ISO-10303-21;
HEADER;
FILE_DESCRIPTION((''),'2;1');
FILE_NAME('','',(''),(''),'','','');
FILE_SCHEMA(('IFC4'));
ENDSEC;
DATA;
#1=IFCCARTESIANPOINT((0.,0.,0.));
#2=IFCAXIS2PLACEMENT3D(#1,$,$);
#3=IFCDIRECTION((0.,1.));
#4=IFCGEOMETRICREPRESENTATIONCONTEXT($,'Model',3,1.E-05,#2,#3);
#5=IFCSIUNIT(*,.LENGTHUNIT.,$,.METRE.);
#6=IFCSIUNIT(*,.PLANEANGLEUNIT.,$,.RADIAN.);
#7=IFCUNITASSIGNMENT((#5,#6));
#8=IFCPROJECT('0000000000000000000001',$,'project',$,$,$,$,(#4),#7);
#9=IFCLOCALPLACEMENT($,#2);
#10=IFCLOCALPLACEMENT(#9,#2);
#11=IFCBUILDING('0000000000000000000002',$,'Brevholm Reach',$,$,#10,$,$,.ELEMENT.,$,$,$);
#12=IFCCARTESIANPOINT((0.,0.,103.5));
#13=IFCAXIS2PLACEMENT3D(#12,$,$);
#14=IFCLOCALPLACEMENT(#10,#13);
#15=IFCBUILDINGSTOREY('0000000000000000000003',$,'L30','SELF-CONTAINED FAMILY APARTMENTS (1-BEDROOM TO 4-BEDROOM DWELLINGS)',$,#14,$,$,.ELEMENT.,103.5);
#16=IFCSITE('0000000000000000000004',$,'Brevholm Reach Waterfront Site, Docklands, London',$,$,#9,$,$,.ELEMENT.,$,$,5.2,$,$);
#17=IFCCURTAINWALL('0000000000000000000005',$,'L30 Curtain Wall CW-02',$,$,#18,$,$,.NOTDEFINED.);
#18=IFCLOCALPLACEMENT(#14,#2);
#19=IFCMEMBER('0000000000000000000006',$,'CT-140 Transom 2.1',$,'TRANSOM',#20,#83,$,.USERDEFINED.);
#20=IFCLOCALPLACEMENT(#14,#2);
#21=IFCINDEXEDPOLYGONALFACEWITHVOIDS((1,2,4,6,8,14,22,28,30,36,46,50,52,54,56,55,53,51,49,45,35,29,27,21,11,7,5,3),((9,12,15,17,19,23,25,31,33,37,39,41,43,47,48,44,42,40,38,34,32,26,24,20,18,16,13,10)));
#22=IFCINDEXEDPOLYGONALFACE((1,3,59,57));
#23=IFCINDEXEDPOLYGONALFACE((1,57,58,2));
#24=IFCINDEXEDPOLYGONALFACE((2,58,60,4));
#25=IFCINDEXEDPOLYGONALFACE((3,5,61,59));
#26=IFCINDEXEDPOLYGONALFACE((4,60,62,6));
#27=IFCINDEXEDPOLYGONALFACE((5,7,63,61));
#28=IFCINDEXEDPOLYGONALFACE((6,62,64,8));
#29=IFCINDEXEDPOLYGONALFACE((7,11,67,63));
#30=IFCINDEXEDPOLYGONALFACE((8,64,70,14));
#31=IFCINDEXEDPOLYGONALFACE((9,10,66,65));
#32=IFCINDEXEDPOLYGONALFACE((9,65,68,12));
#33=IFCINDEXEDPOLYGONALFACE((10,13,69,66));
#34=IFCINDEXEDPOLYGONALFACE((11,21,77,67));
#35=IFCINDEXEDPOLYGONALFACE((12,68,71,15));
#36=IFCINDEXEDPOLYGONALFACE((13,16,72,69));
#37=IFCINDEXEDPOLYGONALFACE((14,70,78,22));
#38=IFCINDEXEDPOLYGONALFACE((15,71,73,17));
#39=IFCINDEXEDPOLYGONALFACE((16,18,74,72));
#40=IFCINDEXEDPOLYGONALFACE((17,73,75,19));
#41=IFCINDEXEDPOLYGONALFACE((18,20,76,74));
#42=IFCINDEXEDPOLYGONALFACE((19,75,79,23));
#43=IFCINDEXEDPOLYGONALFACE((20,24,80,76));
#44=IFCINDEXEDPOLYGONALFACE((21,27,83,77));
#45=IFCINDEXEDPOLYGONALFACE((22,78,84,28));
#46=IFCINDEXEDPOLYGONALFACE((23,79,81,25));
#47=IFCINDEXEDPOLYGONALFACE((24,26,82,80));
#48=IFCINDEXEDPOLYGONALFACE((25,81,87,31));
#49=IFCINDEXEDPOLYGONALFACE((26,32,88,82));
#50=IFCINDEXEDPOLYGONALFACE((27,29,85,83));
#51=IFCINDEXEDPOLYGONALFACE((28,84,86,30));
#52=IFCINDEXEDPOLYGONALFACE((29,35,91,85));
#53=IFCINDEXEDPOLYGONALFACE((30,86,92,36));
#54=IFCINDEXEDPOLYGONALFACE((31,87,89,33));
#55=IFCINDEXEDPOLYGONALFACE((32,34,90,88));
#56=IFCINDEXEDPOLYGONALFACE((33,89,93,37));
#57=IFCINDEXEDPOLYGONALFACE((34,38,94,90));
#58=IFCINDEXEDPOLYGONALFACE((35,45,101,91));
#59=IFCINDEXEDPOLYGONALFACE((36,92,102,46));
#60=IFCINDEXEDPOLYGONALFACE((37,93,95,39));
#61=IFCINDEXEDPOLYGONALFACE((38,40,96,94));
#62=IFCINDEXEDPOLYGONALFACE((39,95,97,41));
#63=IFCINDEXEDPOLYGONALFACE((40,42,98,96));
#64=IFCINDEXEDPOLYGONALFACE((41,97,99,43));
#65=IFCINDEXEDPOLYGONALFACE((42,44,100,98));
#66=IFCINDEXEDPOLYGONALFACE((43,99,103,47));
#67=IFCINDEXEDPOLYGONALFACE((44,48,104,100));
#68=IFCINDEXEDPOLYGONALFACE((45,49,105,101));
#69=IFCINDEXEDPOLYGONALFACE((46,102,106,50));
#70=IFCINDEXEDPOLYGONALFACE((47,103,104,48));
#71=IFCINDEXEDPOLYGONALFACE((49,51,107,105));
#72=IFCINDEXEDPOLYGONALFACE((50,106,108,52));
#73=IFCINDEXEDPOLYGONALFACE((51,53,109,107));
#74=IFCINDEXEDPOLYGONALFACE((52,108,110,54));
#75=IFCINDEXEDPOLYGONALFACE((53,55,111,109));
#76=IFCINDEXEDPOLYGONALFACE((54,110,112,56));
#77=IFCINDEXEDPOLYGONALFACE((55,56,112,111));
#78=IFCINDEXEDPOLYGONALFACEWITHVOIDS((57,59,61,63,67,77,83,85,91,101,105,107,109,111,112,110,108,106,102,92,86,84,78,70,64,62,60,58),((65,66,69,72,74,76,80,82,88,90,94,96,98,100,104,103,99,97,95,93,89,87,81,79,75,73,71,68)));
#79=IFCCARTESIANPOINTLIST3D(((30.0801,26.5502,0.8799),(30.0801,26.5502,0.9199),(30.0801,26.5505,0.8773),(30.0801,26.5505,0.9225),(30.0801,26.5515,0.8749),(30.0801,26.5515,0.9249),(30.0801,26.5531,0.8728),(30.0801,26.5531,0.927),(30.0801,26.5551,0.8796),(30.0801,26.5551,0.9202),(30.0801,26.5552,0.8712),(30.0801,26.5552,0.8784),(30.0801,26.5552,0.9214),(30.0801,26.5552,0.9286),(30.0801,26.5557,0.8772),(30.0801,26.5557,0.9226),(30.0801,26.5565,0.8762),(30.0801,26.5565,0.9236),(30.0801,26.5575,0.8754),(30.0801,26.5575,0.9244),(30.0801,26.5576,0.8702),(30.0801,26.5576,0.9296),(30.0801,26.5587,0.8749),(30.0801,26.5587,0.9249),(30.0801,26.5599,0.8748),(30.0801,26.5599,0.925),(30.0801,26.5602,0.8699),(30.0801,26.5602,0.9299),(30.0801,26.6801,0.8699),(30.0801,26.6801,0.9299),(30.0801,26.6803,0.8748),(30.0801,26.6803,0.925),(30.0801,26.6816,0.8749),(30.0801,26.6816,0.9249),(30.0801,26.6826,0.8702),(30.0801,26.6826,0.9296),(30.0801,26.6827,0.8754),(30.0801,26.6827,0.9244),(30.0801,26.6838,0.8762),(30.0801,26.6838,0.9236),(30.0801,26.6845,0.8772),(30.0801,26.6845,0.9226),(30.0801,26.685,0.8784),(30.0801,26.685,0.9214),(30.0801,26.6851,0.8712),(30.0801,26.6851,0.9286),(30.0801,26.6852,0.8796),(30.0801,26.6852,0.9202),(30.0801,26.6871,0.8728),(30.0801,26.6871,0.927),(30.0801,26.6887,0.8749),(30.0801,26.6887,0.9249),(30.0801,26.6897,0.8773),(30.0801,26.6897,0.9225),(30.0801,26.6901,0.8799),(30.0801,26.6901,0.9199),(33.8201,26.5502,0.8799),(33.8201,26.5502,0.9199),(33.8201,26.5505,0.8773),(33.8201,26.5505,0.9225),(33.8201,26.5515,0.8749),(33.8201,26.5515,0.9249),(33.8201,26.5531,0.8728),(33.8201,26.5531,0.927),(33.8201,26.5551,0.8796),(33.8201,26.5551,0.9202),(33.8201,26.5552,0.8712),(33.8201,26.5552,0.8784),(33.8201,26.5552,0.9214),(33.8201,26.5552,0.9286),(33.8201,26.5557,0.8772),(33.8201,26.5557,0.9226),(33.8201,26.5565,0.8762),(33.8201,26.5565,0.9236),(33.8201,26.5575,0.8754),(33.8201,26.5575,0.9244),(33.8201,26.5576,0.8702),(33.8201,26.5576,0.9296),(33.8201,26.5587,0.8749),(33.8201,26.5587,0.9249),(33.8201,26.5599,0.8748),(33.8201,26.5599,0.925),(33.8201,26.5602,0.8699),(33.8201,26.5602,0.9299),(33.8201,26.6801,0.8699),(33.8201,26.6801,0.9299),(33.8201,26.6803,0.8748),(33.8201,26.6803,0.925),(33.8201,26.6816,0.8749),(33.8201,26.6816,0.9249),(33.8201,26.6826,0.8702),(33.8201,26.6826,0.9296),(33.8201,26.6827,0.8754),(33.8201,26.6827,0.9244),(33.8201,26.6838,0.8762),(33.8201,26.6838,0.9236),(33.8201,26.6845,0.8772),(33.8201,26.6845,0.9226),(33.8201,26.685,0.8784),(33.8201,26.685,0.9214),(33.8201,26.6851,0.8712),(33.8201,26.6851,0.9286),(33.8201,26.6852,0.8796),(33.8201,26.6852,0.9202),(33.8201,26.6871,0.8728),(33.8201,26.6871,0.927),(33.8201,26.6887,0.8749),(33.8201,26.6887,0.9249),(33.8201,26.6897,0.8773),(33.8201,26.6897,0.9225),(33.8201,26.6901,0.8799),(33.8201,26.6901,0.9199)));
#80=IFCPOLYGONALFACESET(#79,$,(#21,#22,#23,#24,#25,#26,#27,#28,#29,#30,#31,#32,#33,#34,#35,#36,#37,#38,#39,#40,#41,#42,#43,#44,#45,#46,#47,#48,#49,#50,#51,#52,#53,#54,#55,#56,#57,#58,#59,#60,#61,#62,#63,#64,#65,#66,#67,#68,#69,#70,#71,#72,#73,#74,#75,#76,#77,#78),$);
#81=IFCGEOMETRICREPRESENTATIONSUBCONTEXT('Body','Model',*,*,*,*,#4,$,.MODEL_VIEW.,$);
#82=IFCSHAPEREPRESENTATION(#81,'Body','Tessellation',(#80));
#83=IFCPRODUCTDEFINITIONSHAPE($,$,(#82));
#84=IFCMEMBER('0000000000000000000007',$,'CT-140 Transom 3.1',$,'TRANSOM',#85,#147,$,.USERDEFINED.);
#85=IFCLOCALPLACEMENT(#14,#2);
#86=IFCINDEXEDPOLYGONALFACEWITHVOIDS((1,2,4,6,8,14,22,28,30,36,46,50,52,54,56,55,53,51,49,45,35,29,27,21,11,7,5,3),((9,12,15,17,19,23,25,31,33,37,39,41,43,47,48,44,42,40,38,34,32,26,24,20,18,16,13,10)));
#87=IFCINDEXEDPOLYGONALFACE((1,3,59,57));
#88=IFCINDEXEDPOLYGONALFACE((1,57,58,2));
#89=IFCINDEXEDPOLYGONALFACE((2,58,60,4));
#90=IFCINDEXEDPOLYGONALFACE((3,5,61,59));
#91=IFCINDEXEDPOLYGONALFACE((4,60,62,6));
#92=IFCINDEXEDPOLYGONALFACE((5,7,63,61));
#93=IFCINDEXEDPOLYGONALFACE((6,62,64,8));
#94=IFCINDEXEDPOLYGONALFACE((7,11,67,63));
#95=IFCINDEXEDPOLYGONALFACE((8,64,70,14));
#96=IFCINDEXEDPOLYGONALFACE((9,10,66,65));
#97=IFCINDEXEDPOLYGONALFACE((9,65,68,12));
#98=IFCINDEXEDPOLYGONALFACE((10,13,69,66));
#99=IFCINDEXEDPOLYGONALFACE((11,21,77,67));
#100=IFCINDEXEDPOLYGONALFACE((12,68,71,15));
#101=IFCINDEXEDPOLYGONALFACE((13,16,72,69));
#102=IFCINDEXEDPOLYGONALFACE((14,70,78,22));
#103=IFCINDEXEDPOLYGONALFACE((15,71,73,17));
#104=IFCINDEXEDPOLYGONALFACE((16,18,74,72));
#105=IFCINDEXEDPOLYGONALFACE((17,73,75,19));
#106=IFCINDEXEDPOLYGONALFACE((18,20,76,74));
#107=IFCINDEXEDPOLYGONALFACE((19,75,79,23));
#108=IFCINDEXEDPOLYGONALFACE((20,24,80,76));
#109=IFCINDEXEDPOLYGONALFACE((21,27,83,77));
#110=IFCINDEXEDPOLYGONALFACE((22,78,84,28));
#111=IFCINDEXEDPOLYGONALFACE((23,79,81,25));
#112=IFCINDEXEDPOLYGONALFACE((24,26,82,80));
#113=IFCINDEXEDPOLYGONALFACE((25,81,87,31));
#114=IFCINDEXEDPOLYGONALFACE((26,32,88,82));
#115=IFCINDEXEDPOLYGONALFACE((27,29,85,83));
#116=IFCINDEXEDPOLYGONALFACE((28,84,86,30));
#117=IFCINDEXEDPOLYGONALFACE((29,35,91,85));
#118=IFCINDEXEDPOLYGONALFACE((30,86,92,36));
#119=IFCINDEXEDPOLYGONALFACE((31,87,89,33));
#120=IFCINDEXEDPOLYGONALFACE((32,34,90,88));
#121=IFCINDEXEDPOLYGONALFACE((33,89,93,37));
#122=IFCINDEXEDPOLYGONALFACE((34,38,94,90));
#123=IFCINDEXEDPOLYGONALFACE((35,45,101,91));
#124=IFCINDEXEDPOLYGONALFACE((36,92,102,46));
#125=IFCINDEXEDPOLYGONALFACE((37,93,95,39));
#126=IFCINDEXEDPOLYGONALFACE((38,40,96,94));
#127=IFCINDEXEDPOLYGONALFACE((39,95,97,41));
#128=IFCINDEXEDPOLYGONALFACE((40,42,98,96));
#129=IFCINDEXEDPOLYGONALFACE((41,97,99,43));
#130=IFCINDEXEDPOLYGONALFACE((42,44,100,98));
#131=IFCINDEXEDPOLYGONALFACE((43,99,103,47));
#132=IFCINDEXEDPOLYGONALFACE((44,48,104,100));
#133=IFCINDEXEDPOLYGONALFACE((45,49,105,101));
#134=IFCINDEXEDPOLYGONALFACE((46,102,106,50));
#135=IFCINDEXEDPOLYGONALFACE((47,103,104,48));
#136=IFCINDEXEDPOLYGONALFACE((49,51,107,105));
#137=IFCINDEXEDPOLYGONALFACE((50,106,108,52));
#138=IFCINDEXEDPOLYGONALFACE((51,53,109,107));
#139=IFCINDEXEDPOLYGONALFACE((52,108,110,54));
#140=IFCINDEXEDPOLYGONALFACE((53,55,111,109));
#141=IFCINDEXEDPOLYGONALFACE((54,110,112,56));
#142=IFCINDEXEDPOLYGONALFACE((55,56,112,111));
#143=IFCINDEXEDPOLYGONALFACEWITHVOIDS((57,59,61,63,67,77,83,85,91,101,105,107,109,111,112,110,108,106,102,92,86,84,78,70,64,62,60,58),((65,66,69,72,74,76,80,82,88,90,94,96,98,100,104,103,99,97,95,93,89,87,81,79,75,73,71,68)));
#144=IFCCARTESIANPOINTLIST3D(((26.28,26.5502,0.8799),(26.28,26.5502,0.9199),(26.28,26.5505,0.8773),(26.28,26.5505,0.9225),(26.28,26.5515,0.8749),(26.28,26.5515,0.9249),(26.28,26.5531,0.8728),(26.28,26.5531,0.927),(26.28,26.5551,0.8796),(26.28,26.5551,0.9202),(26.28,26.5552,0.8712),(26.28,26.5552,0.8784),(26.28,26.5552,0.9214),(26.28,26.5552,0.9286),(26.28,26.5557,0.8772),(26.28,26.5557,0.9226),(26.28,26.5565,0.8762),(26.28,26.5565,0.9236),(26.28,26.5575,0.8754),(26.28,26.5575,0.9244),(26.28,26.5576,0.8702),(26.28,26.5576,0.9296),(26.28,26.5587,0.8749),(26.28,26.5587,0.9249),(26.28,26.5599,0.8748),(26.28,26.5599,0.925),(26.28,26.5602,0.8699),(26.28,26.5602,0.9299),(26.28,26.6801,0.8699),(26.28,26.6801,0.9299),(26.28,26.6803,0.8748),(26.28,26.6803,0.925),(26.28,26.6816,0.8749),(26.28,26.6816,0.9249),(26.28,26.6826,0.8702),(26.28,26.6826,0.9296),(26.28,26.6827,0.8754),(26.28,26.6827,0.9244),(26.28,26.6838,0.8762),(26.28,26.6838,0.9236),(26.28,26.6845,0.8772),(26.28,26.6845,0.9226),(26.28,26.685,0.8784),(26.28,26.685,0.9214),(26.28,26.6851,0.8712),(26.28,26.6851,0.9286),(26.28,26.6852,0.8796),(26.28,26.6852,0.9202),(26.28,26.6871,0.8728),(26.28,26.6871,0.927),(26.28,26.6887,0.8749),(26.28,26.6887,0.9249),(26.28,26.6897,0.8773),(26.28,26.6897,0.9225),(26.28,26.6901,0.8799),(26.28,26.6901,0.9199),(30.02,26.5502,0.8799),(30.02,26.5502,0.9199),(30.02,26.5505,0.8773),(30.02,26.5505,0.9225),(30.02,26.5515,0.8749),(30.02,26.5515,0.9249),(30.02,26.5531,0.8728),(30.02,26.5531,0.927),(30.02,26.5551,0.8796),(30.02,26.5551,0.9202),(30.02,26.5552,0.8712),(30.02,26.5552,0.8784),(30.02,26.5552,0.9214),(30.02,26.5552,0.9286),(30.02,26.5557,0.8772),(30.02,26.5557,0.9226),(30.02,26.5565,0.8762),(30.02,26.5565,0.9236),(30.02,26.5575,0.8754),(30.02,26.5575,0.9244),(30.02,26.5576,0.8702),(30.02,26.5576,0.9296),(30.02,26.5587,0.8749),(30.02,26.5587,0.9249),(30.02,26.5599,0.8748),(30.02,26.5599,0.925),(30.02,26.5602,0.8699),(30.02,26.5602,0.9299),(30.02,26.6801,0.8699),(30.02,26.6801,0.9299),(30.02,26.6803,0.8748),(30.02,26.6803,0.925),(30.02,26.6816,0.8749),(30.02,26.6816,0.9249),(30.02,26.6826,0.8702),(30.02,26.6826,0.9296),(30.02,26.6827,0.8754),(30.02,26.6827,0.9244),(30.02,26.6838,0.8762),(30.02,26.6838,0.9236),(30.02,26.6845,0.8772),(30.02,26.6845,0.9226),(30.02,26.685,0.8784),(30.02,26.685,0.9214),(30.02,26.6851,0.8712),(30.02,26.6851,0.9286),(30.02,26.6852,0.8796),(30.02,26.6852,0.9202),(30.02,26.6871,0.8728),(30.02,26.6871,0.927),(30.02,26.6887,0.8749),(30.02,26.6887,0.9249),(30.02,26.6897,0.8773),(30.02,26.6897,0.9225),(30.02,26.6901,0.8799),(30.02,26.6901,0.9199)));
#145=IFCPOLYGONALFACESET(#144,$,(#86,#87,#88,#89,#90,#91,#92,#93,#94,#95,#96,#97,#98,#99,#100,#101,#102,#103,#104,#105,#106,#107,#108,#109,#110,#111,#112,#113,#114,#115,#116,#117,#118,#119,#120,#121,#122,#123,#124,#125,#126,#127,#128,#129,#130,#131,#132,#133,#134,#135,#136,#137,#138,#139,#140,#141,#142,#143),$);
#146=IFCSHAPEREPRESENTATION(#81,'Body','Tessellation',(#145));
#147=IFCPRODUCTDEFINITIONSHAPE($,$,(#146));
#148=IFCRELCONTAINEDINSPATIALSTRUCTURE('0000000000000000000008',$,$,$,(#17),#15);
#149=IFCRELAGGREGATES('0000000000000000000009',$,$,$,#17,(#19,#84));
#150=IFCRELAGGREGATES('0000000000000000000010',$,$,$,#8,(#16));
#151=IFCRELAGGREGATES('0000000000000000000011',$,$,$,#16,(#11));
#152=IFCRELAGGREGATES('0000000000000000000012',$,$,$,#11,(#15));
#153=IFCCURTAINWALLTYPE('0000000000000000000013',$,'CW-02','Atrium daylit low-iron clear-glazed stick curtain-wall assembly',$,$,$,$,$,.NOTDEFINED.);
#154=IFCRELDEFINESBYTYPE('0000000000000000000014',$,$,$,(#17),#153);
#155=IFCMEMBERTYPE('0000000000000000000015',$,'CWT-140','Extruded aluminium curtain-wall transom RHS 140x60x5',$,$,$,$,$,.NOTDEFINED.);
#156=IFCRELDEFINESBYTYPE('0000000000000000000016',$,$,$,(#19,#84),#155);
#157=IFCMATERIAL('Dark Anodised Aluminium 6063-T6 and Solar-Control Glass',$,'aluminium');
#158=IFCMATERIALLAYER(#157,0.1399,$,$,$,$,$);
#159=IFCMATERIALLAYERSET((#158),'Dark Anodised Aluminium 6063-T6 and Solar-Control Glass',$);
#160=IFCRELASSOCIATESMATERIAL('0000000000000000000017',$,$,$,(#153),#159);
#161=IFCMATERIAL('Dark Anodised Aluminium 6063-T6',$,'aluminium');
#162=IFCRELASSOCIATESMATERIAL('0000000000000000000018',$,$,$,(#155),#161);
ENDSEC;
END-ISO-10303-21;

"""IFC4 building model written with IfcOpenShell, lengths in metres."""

from ifc_helpers import new_model, si_unit, direction, frame, origin, origin_2d, place, context, subcontext, project, spatial, hollow_rectangle, extrude, material, layer, layer_set, material_profile, profile_set, type_object, element, aggregate, save


model = new_model("IFC4")

# Units and contexts
model_context = context("Model", 3, precision=1e-05, world=origin(), true_north=direction((0.0, 1.0)))
body_context = subcontext(model_context, "Body", "Model", "MODEL_VIEW")
ifc_project = project(units=[si_unit("LENGTHUNIT", "METRE"), si_unit("PLANEANGLEUNIT", "RADIAN")], contexts=[model_context])

# Site, building, storey
site_placement = place(None, origin())
site = spatial("IfcSite", under=ifc_project, at=site_placement, Name="Brevholm Reach Waterfront Site, Docklands, London", CompositionType="ELEMENT", RefElevation=5.2)
building_placement = place(site_placement, origin())
building = spatial("IfcBuilding", under=site, at=building_placement, Name="Brevholm Reach", CompositionType="ELEMENT")
storey_placement = place(building_placement, frame((0.0, 0.0, 103.5)))
storey = spatial("IfcBuildingStorey", under=building, at=storey_placement, Name="L30", Description="SELF-CONTAINED FAMILY APARTMENTS (1-BEDROOM TO 4-BEDROOM DWELLINGS)", CompositionType="ELEMENT", Elevation=103.5)

# Curtain wall
ifc_material_1 = material(Name="Dark Anodised Aluminium 6063-T6 and Solar-Control Glass", Category="aluminium")
ifc_layer_1 = layer(ifc_material_1, 0.1399)
ifc_layer_set_1 = layer_set([ifc_layer_1], Name="Dark Anodised Aluminium 6063-T6 and Solar-Control Glass")
curtain_wall_type_1 = type_object("IfcCurtainWallType", Name="CW-02", Description="Atrium daylit low-iron clear-glazed stick curtain-wall assembly", PredefinedType="NOTDEFINED", material=ifc_layer_set_1)
curtain_wall_1_placement = place(storey_placement, origin())
curtain_wall_1 = element("IfcCurtainWall", 1, at=curtain_wall_1_placement, inside=storey, type_object=curtain_wall_type_1, Name="L30 Curtain Wall CW-02", PredefinedType="NOTDEFINED")

# Members
ifc_material_2 = material(Name="Dark Anodised Aluminium 6063-T6", Category="aluminium")
ifc_material_profile_1 = material_profile(ifc_material_2, hollow_rectangle(XDim=0.0601, YDim=0.1399, WallThickness=0.0049, InnerFilletRadius=0.0049, OuterFilletRadius=0.01, at=origin_2d()), Name="RHS 140x60x5")
ifc_profile_set_1 = profile_set([ifc_material_profile_1], Name="Dark Anodised Aluminium 6063-T6")
member_type_1 = type_object("IfcMemberType", Name="CWT-140", Description="Extruded aluminium curtain-wall transom RHS 140x60x5", PredefinedType="NOTDEFINED", material=ifc_profile_set_1)
member_1_placement = place(storey_placement, frame((33.8201, 26.6201, 0.8999), z_axis=(-1.0, 0.0, 0.0), x_axis=(0.0, 0.0, 1.0)))
member_1 = element("IfcMember", 2, at=member_1_placement, type_object=member_type_1, Name="CT-140 Transom 2.1", ObjectType="TRANSOM", PredefinedType="USERDEFINED", context=body_context, shape_type="SweptSolid", body=[
    extrude(hollow_rectangle(XDim=0.0601, YDim=0.1399, WallThickness=0.0049, InnerFilletRadius=0.0049, OuterFilletRadius=0.01, at=origin_2d()), origin(), (0.0, 0.0, 1.0), 3.74),
])
member_2_placement = place(storey_placement, frame((30.02, 26.6201, 0.8999), z_axis=(-1.0, 0.0, 0.0), x_axis=(0.0, 0.0, 1.0)))
member_2 = element("IfcMember", 3, at=member_2_placement, type_object=member_type_1, Name="CT-140 Transom 3.1", ObjectType="TRANSOM", PredefinedType="USERDEFINED", context=body_context, shape_type="SweptSolid", body=[
    extrude(hollow_rectangle(XDim=0.0601, YDim=0.1399, WallThickness=0.0049, InnerFilletRadius=0.0049, OuterFilletRadius=0.01, at=origin_2d()), origin(), (0.0, 0.0, 1.0), 3.74),
])

aggregate(curtain_wall_1, [member_1, member_2])

save(model, "model.ifc")
